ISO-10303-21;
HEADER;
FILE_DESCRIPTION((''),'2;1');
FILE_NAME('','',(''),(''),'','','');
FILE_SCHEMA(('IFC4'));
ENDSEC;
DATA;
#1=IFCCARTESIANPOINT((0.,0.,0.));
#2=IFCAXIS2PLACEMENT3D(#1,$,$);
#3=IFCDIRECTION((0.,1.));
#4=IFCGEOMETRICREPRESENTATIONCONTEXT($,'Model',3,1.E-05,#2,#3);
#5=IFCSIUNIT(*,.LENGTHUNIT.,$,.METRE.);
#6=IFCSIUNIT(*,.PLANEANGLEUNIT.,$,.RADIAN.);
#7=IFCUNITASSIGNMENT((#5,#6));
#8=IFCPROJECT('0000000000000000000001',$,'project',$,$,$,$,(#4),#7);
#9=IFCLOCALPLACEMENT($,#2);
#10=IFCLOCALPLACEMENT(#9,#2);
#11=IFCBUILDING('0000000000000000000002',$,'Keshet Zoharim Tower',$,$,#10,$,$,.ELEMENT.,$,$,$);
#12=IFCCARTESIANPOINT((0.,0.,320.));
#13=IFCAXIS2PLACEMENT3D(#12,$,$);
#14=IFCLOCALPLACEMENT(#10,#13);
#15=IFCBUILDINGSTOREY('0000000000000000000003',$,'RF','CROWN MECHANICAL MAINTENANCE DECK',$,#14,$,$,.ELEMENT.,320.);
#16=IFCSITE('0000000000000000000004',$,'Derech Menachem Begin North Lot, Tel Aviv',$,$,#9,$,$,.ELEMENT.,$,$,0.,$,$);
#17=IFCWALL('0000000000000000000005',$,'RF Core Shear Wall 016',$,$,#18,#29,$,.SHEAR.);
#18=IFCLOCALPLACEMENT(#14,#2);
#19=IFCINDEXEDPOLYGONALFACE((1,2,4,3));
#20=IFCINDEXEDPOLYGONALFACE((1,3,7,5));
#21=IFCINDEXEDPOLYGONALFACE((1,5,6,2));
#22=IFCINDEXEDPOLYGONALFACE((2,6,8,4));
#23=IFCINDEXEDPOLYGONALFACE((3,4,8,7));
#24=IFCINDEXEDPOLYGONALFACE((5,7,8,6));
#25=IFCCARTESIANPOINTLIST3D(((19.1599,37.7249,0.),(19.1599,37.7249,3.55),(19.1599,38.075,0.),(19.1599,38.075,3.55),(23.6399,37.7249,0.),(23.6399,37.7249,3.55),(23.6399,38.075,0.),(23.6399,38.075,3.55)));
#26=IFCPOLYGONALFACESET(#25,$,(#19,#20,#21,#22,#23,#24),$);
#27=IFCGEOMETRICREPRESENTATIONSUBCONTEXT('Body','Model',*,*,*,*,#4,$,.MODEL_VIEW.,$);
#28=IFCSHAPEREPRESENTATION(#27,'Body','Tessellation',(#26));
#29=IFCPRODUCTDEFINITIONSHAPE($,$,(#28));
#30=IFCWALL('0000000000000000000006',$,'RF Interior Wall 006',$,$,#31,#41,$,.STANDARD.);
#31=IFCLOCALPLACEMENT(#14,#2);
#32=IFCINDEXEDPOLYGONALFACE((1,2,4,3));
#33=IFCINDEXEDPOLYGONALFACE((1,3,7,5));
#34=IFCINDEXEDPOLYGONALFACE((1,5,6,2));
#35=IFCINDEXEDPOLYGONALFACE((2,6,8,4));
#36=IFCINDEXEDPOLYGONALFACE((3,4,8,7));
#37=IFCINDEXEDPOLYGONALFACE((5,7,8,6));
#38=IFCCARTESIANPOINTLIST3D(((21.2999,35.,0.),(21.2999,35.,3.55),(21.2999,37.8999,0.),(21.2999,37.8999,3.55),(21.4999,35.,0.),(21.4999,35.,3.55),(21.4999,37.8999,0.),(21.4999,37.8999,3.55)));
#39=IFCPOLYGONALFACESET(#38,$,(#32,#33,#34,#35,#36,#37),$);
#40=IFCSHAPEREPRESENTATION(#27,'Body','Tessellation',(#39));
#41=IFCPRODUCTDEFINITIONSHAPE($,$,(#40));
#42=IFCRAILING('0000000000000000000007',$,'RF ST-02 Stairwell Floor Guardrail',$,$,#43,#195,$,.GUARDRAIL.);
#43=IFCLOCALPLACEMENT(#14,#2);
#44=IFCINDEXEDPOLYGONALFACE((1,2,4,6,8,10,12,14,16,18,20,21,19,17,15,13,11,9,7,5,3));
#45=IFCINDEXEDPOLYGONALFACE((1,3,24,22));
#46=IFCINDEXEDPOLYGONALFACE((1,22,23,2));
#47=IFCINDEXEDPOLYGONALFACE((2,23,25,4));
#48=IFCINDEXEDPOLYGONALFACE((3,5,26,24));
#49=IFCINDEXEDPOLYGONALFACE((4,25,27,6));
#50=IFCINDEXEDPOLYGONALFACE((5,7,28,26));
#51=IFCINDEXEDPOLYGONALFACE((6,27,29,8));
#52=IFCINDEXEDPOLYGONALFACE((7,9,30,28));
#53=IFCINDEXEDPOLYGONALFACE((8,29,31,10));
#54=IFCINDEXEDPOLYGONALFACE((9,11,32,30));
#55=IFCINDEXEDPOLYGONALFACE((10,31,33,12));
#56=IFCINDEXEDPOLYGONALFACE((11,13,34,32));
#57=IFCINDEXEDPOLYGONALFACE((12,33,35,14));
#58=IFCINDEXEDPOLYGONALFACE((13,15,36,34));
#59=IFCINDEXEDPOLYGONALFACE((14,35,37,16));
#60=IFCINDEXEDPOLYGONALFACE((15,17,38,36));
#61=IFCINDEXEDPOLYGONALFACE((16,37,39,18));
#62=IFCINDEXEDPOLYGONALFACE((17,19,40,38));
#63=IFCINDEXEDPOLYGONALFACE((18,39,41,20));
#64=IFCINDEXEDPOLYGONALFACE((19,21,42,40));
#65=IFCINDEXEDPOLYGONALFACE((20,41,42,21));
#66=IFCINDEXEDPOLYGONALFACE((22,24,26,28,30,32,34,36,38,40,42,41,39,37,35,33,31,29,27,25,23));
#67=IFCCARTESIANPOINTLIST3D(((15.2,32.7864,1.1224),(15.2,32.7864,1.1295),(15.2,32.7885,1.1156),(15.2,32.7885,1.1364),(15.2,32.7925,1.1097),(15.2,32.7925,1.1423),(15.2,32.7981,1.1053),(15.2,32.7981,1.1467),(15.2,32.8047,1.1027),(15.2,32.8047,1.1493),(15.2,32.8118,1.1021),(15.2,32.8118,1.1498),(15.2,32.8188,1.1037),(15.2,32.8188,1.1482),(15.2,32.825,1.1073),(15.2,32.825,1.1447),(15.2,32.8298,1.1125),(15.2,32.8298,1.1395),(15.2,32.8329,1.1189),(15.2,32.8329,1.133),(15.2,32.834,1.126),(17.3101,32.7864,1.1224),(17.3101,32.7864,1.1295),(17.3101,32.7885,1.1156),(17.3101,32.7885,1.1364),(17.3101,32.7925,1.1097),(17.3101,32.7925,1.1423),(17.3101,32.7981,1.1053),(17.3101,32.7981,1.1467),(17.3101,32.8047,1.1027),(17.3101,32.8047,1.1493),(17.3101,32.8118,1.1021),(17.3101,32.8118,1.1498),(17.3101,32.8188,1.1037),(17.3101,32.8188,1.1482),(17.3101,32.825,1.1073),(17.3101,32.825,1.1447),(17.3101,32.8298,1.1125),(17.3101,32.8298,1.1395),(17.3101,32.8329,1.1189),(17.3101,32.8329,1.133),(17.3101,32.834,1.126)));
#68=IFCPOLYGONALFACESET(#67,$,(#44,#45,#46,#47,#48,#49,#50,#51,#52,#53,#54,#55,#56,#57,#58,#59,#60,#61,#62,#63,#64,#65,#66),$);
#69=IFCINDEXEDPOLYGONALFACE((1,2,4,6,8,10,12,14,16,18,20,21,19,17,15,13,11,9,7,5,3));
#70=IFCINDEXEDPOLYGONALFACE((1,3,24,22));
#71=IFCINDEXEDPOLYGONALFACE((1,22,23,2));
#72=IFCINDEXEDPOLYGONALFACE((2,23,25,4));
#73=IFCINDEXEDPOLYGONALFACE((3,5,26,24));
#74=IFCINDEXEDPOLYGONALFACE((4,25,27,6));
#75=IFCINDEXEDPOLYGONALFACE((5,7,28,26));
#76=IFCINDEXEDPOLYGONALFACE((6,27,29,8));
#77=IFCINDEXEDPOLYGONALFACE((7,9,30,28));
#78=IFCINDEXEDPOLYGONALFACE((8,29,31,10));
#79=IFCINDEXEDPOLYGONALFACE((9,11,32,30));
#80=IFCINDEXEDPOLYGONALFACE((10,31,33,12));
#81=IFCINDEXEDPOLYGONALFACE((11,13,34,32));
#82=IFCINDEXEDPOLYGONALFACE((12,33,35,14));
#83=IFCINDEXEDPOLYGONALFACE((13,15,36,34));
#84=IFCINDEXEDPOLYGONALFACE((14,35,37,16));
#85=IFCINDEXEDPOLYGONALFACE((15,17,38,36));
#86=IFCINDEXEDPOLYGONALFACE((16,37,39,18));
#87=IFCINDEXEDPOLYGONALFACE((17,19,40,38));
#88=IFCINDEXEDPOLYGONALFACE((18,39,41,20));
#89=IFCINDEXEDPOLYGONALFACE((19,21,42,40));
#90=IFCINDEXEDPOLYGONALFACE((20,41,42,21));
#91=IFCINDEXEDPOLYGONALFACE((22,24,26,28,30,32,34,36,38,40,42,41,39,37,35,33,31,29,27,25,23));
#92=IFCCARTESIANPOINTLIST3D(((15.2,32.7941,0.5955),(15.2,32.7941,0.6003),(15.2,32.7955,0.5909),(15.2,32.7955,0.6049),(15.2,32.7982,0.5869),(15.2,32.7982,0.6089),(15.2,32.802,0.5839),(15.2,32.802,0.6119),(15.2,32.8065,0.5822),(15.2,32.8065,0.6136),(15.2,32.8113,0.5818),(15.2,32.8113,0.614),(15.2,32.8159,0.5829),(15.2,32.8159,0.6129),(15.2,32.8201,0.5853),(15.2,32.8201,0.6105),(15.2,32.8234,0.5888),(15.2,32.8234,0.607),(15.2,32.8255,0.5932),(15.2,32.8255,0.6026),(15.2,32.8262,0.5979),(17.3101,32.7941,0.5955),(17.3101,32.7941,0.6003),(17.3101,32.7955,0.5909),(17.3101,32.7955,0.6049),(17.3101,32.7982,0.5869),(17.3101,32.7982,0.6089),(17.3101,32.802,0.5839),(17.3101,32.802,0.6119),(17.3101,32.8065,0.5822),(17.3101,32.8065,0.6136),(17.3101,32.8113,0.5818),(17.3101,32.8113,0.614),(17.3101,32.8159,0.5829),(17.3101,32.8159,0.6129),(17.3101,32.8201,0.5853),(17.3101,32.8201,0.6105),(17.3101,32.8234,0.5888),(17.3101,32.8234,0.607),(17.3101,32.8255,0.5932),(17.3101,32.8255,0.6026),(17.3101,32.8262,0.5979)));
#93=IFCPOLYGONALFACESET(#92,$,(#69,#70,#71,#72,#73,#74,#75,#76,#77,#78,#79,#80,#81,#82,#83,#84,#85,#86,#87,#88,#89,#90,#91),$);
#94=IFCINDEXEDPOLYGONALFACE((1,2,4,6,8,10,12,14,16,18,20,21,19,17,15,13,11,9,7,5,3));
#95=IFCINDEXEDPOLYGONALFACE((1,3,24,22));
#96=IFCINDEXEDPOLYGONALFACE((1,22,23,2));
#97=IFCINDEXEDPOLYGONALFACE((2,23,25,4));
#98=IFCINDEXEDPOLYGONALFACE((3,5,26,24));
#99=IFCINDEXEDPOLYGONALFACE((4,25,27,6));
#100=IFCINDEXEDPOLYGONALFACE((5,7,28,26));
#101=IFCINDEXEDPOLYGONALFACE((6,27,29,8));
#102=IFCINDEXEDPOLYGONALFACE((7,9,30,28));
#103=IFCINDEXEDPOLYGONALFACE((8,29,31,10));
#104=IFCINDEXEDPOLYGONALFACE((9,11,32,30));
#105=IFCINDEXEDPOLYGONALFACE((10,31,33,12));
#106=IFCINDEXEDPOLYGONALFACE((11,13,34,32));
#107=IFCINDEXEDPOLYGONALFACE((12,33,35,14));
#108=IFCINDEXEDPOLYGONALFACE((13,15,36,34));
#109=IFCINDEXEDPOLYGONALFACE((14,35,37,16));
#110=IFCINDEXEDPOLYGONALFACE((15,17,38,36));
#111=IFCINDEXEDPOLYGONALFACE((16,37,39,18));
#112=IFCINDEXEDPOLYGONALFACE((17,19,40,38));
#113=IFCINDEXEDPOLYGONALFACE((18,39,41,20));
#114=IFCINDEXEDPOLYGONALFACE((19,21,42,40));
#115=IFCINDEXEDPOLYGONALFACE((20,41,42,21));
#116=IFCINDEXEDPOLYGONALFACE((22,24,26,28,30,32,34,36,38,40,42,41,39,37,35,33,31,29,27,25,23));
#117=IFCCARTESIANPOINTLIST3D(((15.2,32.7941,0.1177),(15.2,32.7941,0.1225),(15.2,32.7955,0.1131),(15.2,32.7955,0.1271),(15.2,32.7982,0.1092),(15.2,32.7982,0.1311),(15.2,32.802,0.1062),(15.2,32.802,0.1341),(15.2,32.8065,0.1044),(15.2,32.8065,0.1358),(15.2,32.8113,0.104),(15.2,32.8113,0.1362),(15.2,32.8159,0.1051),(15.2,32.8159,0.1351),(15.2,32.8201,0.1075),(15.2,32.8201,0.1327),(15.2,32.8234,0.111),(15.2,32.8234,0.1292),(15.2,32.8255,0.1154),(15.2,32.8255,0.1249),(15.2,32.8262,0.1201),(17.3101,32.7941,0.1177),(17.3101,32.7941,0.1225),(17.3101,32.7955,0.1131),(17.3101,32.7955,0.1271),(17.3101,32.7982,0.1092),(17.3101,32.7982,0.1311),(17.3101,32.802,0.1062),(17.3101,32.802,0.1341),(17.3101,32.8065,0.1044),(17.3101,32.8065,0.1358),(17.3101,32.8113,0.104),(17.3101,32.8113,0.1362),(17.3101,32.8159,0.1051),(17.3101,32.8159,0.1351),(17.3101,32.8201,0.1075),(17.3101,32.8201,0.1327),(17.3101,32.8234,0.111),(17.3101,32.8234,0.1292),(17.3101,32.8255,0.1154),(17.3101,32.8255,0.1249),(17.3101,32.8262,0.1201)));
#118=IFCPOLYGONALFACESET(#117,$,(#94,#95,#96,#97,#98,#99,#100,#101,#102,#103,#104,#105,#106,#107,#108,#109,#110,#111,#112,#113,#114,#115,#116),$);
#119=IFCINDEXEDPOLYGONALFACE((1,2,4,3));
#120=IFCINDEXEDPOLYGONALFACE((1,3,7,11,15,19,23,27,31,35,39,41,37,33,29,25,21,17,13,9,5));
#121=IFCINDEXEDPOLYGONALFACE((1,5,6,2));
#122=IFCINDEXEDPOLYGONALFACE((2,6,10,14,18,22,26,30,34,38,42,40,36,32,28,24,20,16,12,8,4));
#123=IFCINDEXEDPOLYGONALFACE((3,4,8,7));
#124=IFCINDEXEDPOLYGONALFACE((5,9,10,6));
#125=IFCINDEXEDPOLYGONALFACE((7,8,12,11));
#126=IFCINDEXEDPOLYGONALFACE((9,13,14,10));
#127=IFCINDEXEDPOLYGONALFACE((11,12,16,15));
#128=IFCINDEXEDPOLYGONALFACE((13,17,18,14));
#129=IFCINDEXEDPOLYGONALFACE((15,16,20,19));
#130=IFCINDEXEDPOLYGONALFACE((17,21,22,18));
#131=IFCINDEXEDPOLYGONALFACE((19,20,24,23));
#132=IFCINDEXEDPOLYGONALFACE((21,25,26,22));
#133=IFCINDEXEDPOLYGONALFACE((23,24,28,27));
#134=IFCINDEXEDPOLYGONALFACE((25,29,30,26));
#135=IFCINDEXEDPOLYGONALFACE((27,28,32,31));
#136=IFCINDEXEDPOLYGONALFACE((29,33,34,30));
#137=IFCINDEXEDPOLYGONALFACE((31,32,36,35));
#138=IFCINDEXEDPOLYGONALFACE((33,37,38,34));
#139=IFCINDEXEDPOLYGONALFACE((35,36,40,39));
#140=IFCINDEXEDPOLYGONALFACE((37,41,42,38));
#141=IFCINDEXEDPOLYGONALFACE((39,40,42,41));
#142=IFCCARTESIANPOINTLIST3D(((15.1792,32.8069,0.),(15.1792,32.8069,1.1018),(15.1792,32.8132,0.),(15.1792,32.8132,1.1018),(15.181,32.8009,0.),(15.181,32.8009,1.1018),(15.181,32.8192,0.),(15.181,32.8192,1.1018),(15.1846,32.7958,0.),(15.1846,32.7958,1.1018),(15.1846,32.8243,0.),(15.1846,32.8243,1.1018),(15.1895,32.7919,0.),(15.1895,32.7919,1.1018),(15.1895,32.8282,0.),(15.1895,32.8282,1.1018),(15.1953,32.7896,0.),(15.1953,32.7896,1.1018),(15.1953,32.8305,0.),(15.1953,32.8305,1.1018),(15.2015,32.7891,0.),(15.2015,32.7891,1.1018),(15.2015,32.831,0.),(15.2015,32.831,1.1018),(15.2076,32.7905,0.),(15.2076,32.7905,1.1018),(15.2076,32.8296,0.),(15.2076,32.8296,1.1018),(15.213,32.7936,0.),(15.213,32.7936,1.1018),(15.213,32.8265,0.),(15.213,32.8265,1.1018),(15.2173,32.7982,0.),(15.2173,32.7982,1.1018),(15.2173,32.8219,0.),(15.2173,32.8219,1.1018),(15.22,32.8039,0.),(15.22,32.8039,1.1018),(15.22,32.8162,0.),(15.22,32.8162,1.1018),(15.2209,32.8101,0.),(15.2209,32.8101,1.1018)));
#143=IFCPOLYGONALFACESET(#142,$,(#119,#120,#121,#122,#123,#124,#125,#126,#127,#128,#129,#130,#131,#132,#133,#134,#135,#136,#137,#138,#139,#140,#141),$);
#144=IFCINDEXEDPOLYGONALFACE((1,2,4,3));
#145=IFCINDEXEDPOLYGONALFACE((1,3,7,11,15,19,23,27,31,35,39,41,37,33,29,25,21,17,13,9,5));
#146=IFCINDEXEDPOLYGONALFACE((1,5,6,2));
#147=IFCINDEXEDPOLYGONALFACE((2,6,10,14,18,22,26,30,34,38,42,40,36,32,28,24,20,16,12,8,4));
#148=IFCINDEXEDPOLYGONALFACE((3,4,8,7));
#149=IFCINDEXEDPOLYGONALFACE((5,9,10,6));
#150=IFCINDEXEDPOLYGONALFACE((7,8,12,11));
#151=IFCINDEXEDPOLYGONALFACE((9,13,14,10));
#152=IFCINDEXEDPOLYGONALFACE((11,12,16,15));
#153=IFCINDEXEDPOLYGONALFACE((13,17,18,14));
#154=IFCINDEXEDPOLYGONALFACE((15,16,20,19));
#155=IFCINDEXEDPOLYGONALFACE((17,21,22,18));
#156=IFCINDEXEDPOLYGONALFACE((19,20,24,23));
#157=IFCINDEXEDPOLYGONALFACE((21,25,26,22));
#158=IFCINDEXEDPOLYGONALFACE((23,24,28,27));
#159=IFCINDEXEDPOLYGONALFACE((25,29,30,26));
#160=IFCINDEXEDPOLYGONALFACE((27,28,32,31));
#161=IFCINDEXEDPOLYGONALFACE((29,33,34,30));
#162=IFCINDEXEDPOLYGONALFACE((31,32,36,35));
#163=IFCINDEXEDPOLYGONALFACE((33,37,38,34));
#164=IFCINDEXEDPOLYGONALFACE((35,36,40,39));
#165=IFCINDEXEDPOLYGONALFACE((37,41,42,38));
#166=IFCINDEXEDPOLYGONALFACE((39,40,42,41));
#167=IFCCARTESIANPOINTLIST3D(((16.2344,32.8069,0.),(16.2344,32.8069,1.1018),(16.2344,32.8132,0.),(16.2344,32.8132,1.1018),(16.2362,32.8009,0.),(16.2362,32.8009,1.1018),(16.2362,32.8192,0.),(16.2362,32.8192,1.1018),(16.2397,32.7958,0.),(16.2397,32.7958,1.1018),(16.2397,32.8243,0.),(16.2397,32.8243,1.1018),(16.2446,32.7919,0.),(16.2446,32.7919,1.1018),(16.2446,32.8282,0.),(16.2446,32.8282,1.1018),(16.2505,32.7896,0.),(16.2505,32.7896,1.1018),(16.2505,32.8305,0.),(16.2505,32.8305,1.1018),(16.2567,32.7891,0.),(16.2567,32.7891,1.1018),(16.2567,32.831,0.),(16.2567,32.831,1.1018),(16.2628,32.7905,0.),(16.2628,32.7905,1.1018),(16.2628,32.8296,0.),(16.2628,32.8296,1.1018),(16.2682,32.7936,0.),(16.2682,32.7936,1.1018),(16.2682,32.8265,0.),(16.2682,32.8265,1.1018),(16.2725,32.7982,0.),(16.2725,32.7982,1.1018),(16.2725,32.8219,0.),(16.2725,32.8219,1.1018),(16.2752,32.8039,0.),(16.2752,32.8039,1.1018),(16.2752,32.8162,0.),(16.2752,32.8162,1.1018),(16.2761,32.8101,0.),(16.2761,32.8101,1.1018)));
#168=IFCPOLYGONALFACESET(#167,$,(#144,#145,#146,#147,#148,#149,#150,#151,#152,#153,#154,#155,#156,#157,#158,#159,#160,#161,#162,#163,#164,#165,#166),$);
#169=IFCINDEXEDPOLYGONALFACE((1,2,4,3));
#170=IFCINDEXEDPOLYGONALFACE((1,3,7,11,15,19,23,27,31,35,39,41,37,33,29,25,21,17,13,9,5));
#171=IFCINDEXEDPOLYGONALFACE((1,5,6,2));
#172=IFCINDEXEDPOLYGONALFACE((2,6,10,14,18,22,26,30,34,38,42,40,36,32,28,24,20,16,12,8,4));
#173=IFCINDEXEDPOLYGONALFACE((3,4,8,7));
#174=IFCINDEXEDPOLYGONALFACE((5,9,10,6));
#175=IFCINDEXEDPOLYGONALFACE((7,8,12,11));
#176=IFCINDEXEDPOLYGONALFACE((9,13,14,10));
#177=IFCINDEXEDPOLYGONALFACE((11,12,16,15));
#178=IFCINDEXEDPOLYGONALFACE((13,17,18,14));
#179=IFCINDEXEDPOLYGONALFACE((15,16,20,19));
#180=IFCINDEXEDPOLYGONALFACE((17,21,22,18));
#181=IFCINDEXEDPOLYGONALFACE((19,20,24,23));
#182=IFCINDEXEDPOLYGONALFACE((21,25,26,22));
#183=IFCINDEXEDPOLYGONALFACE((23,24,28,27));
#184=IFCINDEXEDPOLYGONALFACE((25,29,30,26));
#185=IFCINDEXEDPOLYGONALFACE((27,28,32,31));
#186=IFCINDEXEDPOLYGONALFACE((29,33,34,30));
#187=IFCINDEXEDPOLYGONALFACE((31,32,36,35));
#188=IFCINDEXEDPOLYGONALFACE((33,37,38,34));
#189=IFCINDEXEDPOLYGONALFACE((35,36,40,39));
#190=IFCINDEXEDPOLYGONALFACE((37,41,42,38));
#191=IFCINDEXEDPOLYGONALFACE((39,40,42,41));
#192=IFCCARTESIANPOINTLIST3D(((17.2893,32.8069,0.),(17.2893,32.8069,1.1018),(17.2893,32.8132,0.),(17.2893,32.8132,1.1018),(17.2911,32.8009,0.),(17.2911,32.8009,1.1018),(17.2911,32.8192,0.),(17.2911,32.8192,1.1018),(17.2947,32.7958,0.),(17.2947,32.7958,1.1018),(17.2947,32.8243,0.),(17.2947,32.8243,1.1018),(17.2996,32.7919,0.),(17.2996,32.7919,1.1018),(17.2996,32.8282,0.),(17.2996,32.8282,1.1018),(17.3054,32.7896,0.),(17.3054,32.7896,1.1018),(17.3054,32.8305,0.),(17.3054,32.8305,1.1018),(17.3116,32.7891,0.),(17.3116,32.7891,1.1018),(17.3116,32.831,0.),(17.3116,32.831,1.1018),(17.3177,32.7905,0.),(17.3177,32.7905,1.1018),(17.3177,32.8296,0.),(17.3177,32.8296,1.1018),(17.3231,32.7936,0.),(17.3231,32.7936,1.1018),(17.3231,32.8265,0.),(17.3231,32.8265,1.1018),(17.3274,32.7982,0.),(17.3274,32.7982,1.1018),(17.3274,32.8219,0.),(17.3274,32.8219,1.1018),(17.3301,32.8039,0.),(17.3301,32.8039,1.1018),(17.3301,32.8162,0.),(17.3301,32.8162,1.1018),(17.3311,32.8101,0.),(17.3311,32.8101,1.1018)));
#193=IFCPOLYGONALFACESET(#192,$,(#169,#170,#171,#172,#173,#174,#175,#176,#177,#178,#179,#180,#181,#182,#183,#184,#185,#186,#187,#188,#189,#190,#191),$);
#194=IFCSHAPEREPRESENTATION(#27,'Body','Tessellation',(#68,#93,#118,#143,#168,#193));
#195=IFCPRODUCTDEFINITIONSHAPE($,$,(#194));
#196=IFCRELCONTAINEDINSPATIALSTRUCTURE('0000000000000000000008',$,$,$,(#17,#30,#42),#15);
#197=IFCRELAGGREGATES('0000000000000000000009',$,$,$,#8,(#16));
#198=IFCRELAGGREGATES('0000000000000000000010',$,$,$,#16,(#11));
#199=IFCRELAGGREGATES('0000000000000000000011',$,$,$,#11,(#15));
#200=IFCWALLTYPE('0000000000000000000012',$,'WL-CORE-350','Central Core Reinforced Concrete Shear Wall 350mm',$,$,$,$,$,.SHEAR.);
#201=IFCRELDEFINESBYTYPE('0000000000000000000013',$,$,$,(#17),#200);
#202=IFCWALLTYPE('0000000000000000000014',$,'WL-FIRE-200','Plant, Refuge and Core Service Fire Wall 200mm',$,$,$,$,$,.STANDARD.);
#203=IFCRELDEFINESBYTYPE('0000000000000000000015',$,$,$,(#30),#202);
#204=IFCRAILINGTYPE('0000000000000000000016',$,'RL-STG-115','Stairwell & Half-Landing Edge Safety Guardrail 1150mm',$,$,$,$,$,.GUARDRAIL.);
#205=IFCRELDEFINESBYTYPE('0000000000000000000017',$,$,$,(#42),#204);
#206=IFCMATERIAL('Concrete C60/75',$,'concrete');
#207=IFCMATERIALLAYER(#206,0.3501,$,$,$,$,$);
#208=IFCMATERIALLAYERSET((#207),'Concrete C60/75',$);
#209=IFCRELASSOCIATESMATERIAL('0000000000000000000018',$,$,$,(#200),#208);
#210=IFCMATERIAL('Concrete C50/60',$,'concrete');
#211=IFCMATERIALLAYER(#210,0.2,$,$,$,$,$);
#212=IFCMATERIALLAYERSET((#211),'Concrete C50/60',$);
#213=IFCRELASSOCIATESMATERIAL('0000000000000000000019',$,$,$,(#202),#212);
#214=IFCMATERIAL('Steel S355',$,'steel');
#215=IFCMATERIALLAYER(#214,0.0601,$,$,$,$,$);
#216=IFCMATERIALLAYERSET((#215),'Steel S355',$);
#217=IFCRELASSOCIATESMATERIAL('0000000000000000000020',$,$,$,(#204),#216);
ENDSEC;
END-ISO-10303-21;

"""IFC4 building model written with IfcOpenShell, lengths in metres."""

from ifc_helpers import new_model, si_unit, direction, frame, frame_2d, origin, origin_2d, place, context, subcontext, project, spatial, rectangle, circle, extrude, material, layer, layer_set, type_object, element, save


model = new_model("IFC4")

# Units and contexts
model_context = context("Model", 3, precision=1e-05, world=origin(), true_north=direction((0.0, 1.0)))
body_context = subcontext(model_context, "Body", "Model", "MODEL_VIEW")
ifc_project = project(units=[si_unit("LENGTHUNIT", "METRE"), si_unit("PLANEANGLEUNIT", "RADIAN")], contexts=[model_context])

# Site, building, storey
site_placement = place(None, origin())
site = spatial("IfcSite", under=ifc_project, at=site_placement, Name="Derech Menachem Begin North Lot, Tel Aviv", CompositionType="ELEMENT", RefElevation=0.0)
building_placement = place(site_placement, origin())
building = spatial("IfcBuilding", under=site, at=building_placement, Name="Keshet Zoharim Tower", CompositionType="ELEMENT")
storey_placement = place(building_placement, frame((0.0, 0.0, 320.0)))
storey = spatial("IfcBuildingStorey", under=building, at=storey_placement, Name="RF", Description="CROWN MECHANICAL MAINTENANCE DECK", CompositionType="ELEMENT", Elevation=320.0)

# Shared definitions
ifc_material_1 = material(Name="Steel S355", Category="steel")

# Shared definitions
ifc_material_2 = material(Name="Concrete C60/75", Category="concrete")
ifc_layer_1 = layer(ifc_material_2, 0.3501)
ifc_layer_set_1 = layer_set([ifc_layer_1], Name="Concrete C60/75")
wall_type_1 = type_object("IfcWallType", Name="WL-CORE-350", Description="Central Core Reinforced Concrete Shear Wall 350mm", PredefinedType="SHEAR", material=ifc_layer_set_1)

# Walls
wall_1_placement = place(storey_placement, frame((19.1599, 37.8999, 0.0), z_axis=(0.0, 0.0, 1.0), x_axis=(1.0, 0.0, 0.0)))
element("IfcWall", 1, at=wall_1_placement, inside=storey, type_object=wall_type_1, Name="RF Core Shear Wall 016", PredefinedType="SHEAR", context=body_context, shape_type="SweptSolid", body=[
    extrude(rectangle(XDim=4.48, YDim=0.3501, at=frame_2d((2.24, 0.0))), origin(), (0.0, 0.0, 1.0), 3.55),
])
ifc_material_3 = material(Name="Concrete C50/60", Category="concrete")
ifc_layer_2 = layer(ifc_material_3, 0.2)
ifc_layer_set_2 = layer_set([ifc_layer_2], Name="Concrete C50/60")
wall_type_2 = type_object("IfcWallType", Name="WL-FIRE-200", Description="Plant, Refuge and Core Service Fire Wall 200mm", PredefinedType="STANDARD", material=ifc_layer_set_2)
wall_2_placement = place(storey_placement, frame((21.3999, 35.0, 0.0), z_axis=(0.0, 0.0, 1.0), x_axis=(0.0, 1.0, 0.0)))
element("IfcWall", 2, at=wall_2_placement, inside=storey, type_object=wall_type_2, Name="RF Interior Wall 006", PredefinedType="STANDARD", context=body_context, shape_type="SweptSolid", body=[
    extrude(rectangle(XDim=2.8999, YDim=0.2, at=frame_2d((1.45, 0.0))), origin(), (0.0, 0.0, 1.0), 3.55),
])

# Railing
ifc_layer_3 = layer(ifc_material_1, 0.0601)
ifc_layer_set_3 = layer_set([ifc_layer_3], Name="Steel S355")
railing_type = type_object("IfcRailingType", Name="RL-STG-115", Description="Stairwell & Half-Landing Edge Safety Guardrail 1150mm", PredefinedType="GUARDRAIL", material=ifc_layer_set_3)
railing_placement = place(storey_placement, frame((15.2, 32.8101, 0.0)))
element("IfcRailing", 3, at=railing_placement, inside=storey, type_object=railing_type, Name="RF ST-02 Stairwell Floor Guardrail", PredefinedType="GUARDRAIL", context=body_context, shape_type="SweptSolid", body=[
    extrude(circle(Radius=0.0239, at=origin_2d()), frame((0.0, 0.0, 1.126), z_axis=(1.0, 0.0, 0.0), x_axis=(0.0, 1.0, 0.0)), (0.0, 0.0, 1.0), 2.1101),
    extrude(circle(Radius=0.0161, at=origin_2d()), frame((0.0, 0.0, 0.5979), z_axis=(1.0, 0.0, 0.0), x_axis=(0.0, 1.0, 0.0)), (0.0, 0.0, 1.0), 2.1101),
    extrude(circle(Radius=0.0161, at=origin_2d()), frame((0.0, 0.0, 0.1201), z_axis=(1.0, 0.0, 0.0), x_axis=(0.0, 1.0, 0.0)), (0.0, 0.0, 1.0), 2.1101),
    extrude(circle(Radius=0.021, at=origin_2d()), origin(), (0.0, 0.0, 1.0), 1.1018),
    extrude(circle(Radius=0.021, at=origin_2d()), frame((1.0552, 0.0, 0.0)), (0.0, 0.0, 1.0), 1.1018),
    extrude(circle(Radius=0.021, at=origin_2d()), frame((2.1101, 0.0, 0.0)), (0.0, 0.0, 1.0), 1.1018),
])

save(model, "model.ifc")
